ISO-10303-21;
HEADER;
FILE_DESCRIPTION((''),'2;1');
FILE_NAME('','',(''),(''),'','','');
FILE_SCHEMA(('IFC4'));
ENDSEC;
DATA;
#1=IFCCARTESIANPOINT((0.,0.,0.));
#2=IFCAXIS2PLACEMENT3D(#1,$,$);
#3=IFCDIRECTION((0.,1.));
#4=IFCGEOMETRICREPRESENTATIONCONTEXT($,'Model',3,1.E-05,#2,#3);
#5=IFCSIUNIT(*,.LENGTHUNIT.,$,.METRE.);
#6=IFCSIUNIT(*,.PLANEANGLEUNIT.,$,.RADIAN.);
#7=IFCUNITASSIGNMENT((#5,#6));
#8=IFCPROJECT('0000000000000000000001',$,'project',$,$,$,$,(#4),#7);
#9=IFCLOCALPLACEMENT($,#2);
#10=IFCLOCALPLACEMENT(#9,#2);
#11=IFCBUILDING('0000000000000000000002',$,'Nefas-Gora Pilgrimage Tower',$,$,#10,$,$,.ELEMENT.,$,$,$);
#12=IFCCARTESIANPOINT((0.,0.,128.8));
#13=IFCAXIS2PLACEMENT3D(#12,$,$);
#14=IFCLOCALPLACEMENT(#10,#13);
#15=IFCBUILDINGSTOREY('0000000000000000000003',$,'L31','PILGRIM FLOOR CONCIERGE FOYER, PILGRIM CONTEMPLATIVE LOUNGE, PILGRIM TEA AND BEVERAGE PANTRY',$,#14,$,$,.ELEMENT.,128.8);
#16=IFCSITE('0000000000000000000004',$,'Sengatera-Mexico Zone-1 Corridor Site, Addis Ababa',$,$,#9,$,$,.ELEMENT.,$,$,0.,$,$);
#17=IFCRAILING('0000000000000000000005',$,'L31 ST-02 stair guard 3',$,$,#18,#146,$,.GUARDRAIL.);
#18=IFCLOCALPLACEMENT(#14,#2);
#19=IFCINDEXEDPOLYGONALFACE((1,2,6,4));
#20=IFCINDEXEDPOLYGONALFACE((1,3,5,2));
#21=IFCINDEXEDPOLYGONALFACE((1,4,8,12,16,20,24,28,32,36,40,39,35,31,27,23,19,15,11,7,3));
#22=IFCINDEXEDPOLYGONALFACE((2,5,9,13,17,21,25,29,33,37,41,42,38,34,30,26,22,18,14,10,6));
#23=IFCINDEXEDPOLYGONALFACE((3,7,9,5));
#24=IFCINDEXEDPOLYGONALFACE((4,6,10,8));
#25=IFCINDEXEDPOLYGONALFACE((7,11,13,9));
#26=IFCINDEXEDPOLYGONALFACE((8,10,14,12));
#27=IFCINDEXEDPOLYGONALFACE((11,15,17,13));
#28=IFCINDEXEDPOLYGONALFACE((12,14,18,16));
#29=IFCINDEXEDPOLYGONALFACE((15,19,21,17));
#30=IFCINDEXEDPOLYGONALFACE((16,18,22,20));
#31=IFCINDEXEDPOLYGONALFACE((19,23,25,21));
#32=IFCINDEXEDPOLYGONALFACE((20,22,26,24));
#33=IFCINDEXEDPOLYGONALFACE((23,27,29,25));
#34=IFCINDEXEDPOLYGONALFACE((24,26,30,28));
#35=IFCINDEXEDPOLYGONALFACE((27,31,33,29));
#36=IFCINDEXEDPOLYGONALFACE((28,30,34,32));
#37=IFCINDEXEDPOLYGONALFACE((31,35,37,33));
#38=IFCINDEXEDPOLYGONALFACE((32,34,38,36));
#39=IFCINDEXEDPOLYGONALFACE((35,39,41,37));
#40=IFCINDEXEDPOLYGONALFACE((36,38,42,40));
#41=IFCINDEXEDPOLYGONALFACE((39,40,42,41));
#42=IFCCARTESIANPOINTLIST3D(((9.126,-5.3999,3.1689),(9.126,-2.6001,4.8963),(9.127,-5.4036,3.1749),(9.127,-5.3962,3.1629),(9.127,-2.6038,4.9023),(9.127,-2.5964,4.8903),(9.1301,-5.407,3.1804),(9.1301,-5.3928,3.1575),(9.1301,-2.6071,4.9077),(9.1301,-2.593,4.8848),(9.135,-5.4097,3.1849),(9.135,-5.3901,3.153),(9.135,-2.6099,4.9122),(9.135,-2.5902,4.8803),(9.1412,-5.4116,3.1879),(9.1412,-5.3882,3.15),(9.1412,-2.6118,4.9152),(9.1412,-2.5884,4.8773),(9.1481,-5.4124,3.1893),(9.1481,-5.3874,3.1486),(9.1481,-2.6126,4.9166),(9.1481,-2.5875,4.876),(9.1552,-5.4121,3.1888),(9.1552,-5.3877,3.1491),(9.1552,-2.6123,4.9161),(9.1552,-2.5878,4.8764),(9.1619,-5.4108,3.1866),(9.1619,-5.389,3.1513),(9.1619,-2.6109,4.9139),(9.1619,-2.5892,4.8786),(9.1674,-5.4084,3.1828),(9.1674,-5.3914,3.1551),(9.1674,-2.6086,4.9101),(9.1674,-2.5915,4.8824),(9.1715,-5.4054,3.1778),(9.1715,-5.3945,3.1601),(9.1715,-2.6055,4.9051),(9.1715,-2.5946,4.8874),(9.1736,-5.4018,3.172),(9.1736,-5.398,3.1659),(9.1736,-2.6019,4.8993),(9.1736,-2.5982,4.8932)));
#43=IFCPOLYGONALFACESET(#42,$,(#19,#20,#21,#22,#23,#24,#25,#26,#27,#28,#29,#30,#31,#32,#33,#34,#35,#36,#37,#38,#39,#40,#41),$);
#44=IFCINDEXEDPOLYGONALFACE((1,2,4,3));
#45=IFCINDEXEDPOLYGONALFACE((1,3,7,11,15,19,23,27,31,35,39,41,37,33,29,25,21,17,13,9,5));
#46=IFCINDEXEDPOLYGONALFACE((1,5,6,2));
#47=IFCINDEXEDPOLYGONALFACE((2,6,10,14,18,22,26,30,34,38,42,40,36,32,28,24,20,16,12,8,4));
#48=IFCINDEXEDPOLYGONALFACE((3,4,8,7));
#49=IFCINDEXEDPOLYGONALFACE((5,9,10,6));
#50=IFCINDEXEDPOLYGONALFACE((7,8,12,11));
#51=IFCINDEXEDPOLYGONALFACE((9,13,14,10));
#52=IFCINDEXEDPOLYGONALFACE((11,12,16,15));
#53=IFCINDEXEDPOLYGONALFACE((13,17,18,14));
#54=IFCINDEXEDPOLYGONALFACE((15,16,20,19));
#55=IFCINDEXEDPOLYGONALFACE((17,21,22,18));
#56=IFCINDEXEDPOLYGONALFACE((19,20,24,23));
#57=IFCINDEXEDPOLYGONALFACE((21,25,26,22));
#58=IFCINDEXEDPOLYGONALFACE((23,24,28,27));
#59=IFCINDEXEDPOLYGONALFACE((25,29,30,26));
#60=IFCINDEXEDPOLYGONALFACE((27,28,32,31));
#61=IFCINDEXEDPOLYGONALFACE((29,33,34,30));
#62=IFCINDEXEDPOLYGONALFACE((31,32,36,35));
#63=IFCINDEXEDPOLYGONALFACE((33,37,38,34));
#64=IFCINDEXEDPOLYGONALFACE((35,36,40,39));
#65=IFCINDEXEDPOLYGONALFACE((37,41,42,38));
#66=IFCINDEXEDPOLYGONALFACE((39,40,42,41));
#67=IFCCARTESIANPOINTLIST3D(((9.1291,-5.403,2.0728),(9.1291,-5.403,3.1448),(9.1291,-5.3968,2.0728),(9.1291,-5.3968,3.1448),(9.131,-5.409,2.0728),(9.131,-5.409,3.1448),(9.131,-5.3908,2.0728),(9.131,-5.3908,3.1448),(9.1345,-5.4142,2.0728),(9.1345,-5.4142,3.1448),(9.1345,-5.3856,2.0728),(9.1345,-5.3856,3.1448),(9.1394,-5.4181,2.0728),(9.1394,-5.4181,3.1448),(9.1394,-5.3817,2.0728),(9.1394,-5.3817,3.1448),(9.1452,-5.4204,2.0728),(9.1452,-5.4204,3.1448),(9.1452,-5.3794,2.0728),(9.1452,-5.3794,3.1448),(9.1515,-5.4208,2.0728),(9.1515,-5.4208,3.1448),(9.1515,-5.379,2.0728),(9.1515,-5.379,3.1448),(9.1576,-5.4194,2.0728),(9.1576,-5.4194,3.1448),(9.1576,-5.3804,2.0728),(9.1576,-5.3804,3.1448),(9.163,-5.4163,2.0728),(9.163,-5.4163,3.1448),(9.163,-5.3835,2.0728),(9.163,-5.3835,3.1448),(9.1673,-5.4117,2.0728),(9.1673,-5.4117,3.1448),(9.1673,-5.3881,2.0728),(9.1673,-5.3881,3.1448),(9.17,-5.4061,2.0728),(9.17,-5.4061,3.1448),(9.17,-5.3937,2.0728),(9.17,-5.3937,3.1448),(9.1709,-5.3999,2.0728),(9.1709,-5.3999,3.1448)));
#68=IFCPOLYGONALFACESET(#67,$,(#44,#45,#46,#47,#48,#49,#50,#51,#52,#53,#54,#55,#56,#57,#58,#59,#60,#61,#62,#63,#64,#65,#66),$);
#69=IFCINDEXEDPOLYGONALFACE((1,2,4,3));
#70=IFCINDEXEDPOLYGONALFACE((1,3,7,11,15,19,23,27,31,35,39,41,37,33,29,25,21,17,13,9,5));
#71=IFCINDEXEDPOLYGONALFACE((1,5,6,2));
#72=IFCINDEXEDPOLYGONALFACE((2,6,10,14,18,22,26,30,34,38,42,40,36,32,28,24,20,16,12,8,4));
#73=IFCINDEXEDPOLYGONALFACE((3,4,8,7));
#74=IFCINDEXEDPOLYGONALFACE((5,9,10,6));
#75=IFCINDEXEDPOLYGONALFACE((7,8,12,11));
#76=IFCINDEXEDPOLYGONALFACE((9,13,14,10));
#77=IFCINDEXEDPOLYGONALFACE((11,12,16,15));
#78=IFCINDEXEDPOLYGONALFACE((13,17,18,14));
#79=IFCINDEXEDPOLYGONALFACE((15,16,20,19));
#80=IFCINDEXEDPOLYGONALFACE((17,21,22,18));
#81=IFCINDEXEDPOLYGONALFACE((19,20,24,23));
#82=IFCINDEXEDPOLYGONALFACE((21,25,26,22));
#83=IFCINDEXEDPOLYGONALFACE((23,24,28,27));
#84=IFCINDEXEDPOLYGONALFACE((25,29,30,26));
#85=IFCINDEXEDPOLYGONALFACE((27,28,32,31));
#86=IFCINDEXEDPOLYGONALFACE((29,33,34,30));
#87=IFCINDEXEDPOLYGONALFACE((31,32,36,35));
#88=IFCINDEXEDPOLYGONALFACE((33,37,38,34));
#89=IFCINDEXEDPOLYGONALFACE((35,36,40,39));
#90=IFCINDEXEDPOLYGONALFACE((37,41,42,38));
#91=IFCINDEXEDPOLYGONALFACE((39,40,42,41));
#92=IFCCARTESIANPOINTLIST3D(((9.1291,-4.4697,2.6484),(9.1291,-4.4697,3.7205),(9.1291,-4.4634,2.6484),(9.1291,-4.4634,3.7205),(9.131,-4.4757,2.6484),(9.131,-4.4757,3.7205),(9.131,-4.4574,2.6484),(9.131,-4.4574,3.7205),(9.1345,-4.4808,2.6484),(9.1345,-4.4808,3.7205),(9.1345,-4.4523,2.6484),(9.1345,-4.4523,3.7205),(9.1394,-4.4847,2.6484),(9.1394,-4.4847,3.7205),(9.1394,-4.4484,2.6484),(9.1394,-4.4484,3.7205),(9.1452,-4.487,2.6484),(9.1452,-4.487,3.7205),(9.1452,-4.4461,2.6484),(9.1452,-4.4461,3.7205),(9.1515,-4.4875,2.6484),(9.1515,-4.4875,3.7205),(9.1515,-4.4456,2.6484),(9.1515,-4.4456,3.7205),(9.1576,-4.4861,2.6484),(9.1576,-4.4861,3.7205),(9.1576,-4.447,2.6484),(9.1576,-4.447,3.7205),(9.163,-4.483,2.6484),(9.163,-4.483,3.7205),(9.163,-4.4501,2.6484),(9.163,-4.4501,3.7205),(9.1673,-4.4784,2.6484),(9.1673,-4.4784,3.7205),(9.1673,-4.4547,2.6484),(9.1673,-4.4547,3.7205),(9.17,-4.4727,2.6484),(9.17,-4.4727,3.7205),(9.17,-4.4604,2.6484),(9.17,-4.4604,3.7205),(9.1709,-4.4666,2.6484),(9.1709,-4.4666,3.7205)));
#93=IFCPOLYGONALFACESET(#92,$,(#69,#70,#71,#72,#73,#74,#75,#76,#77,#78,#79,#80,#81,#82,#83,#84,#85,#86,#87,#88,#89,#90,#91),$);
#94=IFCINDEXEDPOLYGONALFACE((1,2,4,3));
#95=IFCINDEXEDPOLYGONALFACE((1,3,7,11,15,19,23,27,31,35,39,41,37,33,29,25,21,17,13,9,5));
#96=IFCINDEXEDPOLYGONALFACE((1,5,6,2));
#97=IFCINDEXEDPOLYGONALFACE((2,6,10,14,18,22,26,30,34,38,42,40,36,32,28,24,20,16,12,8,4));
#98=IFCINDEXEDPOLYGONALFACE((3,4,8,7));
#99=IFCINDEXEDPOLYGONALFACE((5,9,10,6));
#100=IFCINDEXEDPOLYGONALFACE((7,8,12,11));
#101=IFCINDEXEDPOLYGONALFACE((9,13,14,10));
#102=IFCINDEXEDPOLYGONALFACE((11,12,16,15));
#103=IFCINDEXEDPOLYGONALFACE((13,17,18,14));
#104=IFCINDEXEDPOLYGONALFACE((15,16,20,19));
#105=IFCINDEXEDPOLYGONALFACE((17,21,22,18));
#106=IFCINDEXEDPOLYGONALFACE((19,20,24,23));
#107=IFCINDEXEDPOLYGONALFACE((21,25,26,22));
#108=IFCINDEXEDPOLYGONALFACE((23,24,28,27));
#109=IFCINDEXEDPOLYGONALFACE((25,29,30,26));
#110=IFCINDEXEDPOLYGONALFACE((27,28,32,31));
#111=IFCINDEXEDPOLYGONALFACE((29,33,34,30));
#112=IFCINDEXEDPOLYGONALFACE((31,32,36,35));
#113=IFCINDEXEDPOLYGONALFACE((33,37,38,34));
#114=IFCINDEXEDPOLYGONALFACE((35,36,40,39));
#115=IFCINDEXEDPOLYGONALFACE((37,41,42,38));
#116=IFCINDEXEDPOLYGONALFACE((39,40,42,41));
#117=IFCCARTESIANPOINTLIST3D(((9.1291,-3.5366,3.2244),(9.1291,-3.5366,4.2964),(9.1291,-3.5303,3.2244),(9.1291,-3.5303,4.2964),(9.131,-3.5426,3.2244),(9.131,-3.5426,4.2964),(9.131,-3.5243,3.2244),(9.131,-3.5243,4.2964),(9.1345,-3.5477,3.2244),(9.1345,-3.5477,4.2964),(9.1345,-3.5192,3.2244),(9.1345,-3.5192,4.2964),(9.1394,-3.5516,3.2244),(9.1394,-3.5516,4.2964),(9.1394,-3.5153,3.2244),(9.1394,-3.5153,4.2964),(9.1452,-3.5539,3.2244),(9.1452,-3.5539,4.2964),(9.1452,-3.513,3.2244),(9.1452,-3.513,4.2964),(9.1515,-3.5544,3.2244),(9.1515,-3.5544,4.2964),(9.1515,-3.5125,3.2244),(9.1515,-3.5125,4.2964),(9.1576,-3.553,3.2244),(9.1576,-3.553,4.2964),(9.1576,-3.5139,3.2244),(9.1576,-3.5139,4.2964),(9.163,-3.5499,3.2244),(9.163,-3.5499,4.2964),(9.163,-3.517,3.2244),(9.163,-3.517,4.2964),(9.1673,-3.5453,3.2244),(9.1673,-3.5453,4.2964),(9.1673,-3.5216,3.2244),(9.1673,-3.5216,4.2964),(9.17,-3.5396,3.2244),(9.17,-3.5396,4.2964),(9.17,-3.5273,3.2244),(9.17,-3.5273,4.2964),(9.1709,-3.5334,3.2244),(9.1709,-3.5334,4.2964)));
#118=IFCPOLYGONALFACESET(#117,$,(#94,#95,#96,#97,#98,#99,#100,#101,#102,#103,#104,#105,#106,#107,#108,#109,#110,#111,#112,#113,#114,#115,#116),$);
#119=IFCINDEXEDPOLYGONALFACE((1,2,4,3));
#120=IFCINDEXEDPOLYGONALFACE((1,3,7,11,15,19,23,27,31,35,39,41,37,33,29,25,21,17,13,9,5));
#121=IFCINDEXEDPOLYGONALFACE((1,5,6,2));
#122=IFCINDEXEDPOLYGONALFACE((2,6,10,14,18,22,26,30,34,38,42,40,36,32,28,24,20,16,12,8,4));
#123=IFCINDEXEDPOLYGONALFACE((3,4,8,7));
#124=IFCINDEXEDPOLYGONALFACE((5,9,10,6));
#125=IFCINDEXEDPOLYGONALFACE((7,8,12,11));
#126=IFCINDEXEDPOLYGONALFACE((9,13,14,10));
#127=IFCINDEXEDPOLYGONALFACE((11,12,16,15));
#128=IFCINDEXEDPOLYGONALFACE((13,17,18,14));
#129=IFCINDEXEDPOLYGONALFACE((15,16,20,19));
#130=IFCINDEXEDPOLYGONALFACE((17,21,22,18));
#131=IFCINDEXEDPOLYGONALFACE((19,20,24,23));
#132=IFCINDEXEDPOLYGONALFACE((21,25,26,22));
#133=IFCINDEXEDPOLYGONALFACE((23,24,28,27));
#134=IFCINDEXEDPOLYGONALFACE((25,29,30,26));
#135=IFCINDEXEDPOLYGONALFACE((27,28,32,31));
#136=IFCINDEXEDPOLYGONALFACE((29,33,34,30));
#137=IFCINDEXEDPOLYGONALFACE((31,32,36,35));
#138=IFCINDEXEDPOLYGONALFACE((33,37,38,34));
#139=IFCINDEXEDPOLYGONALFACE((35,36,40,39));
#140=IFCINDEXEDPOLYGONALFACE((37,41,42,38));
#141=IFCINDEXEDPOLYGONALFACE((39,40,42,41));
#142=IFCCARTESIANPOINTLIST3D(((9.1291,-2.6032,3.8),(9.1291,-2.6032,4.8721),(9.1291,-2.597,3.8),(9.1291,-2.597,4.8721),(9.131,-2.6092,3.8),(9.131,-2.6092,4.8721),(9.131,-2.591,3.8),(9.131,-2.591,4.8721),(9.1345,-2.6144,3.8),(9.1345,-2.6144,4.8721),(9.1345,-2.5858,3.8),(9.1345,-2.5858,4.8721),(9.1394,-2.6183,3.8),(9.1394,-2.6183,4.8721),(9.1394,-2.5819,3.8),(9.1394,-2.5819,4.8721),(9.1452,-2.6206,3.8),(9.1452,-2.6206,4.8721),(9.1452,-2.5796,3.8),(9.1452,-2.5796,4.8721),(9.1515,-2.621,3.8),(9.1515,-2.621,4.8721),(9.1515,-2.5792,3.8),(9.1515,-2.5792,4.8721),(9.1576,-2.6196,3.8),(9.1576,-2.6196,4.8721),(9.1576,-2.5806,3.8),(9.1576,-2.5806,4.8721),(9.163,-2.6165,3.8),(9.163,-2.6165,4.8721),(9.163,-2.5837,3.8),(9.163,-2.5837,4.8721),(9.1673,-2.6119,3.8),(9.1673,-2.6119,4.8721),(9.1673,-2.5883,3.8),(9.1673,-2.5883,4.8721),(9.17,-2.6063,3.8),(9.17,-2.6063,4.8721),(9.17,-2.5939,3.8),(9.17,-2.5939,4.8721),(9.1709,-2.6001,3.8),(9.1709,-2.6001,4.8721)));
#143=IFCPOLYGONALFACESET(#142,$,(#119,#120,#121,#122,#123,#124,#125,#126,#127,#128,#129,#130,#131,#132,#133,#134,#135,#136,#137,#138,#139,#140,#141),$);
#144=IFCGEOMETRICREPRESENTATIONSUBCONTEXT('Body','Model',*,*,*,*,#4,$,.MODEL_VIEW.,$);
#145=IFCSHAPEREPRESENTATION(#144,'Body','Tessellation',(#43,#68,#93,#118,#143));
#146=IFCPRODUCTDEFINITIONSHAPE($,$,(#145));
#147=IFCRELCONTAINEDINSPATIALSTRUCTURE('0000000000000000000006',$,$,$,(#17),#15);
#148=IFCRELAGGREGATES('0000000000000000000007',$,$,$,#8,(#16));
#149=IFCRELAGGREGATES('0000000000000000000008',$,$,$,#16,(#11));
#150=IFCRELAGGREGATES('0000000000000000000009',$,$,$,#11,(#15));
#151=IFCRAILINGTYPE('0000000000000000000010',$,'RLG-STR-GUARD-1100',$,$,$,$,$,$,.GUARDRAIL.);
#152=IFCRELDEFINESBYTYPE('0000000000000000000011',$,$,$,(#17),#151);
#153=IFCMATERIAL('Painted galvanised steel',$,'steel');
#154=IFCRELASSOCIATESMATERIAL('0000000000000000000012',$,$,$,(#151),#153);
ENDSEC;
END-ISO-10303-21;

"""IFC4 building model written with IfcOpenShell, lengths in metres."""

from ifc_helpers import new_model, si_unit, direction, frame, origin, origin_2d, place, context, subcontext, project, spatial, circle, extrude, material, type_object, element, save


model = new_model("IFC4")

# Units and contexts
model_context = context("Model", 3, precision=1e-05, world=origin(), true_north=direction((0.0, 1.0)))
body_context = subcontext(model_context, "Body", "Model", "MODEL_VIEW")
ifc_project = project(units=[si_unit("LENGTHUNIT", "METRE"), si_unit("PLANEANGLEUNIT", "RADIAN")], contexts=[model_context])

# Site, building, storey
site_placement = place(None, origin())
site = spatial("IfcSite", under=ifc_project, at=site_placement, Name="Sengatera-Mexico Zone-1 Corridor Site, Addis Ababa", CompositionType="ELEMENT", RefElevation=0.0)
building_placement = place(site_placement, origin())
building = spatial("IfcBuilding", under=site, at=building_placement, Name="Nefas-Gora Pilgrimage Tower", CompositionType="ELEMENT")
storey_placement = place(building_placement, frame((0.0, 0.0, 128.8)))
storey = spatial("IfcBuildingStorey", under=building, at=storey_placement, Name="L31", Description="PILGRIM FLOOR CONCIERGE FOYER, PILGRIM CONTEMPLATIVE LOUNGE, PILGRIM TEA AND BEVERAGE PANTRY", CompositionType="ELEMENT", Elevation=128.8)

# Railing
ifc_material_1 = material(Name="Painted galvanised steel", Category="steel")
railing_type_1 = type_object("IfcRailingType", Name="RLG-STR-GUARD-1100", PredefinedType="GUARDRAIL", material=ifc_material_1)
railing_1_placement = place(storey_placement, frame((9.1499, -5.3999, 2.0728)))
element("IfcRailing", 1, at=railing_1_placement, inside=storey, type_object=railing_type_1, Name="L31 ST-02 stair guard 3", PredefinedType="GUARDRAIL", context=body_context, shape_type="SweptSolid", body=[
    extrude(circle(Radius=0.0239, at=origin_2d()), frame((0.0, 0.0, 1.0962), z_axis=(0.0, 0.851069, 0.525054), x_axis=(-1.0, 0.0, 0.0)), (0.0, 0.0, 1.0), 3.2898),
    extrude(circle(Radius=0.021, at=origin_2d()), origin(), (0.0, 0.0, 1.0), 1.072),
    extrude(circle(Radius=0.021, at=origin_2d()), frame((0.0, 0.9333, 0.5757)), (0.0, 0.0, 1.0), 1.072),
    extrude(circle(Radius=0.021, at=origin_2d()), frame((0.0, 1.8665, 1.1516)), (0.0, 0.0, 1.0), 1.072),
    extrude(circle(Radius=0.021, at=origin_2d()), frame((0.0, 2.7998, 1.7273)), (0.0, 0.0, 1.0), 1.072),
])

save(model, "model.ifc")
